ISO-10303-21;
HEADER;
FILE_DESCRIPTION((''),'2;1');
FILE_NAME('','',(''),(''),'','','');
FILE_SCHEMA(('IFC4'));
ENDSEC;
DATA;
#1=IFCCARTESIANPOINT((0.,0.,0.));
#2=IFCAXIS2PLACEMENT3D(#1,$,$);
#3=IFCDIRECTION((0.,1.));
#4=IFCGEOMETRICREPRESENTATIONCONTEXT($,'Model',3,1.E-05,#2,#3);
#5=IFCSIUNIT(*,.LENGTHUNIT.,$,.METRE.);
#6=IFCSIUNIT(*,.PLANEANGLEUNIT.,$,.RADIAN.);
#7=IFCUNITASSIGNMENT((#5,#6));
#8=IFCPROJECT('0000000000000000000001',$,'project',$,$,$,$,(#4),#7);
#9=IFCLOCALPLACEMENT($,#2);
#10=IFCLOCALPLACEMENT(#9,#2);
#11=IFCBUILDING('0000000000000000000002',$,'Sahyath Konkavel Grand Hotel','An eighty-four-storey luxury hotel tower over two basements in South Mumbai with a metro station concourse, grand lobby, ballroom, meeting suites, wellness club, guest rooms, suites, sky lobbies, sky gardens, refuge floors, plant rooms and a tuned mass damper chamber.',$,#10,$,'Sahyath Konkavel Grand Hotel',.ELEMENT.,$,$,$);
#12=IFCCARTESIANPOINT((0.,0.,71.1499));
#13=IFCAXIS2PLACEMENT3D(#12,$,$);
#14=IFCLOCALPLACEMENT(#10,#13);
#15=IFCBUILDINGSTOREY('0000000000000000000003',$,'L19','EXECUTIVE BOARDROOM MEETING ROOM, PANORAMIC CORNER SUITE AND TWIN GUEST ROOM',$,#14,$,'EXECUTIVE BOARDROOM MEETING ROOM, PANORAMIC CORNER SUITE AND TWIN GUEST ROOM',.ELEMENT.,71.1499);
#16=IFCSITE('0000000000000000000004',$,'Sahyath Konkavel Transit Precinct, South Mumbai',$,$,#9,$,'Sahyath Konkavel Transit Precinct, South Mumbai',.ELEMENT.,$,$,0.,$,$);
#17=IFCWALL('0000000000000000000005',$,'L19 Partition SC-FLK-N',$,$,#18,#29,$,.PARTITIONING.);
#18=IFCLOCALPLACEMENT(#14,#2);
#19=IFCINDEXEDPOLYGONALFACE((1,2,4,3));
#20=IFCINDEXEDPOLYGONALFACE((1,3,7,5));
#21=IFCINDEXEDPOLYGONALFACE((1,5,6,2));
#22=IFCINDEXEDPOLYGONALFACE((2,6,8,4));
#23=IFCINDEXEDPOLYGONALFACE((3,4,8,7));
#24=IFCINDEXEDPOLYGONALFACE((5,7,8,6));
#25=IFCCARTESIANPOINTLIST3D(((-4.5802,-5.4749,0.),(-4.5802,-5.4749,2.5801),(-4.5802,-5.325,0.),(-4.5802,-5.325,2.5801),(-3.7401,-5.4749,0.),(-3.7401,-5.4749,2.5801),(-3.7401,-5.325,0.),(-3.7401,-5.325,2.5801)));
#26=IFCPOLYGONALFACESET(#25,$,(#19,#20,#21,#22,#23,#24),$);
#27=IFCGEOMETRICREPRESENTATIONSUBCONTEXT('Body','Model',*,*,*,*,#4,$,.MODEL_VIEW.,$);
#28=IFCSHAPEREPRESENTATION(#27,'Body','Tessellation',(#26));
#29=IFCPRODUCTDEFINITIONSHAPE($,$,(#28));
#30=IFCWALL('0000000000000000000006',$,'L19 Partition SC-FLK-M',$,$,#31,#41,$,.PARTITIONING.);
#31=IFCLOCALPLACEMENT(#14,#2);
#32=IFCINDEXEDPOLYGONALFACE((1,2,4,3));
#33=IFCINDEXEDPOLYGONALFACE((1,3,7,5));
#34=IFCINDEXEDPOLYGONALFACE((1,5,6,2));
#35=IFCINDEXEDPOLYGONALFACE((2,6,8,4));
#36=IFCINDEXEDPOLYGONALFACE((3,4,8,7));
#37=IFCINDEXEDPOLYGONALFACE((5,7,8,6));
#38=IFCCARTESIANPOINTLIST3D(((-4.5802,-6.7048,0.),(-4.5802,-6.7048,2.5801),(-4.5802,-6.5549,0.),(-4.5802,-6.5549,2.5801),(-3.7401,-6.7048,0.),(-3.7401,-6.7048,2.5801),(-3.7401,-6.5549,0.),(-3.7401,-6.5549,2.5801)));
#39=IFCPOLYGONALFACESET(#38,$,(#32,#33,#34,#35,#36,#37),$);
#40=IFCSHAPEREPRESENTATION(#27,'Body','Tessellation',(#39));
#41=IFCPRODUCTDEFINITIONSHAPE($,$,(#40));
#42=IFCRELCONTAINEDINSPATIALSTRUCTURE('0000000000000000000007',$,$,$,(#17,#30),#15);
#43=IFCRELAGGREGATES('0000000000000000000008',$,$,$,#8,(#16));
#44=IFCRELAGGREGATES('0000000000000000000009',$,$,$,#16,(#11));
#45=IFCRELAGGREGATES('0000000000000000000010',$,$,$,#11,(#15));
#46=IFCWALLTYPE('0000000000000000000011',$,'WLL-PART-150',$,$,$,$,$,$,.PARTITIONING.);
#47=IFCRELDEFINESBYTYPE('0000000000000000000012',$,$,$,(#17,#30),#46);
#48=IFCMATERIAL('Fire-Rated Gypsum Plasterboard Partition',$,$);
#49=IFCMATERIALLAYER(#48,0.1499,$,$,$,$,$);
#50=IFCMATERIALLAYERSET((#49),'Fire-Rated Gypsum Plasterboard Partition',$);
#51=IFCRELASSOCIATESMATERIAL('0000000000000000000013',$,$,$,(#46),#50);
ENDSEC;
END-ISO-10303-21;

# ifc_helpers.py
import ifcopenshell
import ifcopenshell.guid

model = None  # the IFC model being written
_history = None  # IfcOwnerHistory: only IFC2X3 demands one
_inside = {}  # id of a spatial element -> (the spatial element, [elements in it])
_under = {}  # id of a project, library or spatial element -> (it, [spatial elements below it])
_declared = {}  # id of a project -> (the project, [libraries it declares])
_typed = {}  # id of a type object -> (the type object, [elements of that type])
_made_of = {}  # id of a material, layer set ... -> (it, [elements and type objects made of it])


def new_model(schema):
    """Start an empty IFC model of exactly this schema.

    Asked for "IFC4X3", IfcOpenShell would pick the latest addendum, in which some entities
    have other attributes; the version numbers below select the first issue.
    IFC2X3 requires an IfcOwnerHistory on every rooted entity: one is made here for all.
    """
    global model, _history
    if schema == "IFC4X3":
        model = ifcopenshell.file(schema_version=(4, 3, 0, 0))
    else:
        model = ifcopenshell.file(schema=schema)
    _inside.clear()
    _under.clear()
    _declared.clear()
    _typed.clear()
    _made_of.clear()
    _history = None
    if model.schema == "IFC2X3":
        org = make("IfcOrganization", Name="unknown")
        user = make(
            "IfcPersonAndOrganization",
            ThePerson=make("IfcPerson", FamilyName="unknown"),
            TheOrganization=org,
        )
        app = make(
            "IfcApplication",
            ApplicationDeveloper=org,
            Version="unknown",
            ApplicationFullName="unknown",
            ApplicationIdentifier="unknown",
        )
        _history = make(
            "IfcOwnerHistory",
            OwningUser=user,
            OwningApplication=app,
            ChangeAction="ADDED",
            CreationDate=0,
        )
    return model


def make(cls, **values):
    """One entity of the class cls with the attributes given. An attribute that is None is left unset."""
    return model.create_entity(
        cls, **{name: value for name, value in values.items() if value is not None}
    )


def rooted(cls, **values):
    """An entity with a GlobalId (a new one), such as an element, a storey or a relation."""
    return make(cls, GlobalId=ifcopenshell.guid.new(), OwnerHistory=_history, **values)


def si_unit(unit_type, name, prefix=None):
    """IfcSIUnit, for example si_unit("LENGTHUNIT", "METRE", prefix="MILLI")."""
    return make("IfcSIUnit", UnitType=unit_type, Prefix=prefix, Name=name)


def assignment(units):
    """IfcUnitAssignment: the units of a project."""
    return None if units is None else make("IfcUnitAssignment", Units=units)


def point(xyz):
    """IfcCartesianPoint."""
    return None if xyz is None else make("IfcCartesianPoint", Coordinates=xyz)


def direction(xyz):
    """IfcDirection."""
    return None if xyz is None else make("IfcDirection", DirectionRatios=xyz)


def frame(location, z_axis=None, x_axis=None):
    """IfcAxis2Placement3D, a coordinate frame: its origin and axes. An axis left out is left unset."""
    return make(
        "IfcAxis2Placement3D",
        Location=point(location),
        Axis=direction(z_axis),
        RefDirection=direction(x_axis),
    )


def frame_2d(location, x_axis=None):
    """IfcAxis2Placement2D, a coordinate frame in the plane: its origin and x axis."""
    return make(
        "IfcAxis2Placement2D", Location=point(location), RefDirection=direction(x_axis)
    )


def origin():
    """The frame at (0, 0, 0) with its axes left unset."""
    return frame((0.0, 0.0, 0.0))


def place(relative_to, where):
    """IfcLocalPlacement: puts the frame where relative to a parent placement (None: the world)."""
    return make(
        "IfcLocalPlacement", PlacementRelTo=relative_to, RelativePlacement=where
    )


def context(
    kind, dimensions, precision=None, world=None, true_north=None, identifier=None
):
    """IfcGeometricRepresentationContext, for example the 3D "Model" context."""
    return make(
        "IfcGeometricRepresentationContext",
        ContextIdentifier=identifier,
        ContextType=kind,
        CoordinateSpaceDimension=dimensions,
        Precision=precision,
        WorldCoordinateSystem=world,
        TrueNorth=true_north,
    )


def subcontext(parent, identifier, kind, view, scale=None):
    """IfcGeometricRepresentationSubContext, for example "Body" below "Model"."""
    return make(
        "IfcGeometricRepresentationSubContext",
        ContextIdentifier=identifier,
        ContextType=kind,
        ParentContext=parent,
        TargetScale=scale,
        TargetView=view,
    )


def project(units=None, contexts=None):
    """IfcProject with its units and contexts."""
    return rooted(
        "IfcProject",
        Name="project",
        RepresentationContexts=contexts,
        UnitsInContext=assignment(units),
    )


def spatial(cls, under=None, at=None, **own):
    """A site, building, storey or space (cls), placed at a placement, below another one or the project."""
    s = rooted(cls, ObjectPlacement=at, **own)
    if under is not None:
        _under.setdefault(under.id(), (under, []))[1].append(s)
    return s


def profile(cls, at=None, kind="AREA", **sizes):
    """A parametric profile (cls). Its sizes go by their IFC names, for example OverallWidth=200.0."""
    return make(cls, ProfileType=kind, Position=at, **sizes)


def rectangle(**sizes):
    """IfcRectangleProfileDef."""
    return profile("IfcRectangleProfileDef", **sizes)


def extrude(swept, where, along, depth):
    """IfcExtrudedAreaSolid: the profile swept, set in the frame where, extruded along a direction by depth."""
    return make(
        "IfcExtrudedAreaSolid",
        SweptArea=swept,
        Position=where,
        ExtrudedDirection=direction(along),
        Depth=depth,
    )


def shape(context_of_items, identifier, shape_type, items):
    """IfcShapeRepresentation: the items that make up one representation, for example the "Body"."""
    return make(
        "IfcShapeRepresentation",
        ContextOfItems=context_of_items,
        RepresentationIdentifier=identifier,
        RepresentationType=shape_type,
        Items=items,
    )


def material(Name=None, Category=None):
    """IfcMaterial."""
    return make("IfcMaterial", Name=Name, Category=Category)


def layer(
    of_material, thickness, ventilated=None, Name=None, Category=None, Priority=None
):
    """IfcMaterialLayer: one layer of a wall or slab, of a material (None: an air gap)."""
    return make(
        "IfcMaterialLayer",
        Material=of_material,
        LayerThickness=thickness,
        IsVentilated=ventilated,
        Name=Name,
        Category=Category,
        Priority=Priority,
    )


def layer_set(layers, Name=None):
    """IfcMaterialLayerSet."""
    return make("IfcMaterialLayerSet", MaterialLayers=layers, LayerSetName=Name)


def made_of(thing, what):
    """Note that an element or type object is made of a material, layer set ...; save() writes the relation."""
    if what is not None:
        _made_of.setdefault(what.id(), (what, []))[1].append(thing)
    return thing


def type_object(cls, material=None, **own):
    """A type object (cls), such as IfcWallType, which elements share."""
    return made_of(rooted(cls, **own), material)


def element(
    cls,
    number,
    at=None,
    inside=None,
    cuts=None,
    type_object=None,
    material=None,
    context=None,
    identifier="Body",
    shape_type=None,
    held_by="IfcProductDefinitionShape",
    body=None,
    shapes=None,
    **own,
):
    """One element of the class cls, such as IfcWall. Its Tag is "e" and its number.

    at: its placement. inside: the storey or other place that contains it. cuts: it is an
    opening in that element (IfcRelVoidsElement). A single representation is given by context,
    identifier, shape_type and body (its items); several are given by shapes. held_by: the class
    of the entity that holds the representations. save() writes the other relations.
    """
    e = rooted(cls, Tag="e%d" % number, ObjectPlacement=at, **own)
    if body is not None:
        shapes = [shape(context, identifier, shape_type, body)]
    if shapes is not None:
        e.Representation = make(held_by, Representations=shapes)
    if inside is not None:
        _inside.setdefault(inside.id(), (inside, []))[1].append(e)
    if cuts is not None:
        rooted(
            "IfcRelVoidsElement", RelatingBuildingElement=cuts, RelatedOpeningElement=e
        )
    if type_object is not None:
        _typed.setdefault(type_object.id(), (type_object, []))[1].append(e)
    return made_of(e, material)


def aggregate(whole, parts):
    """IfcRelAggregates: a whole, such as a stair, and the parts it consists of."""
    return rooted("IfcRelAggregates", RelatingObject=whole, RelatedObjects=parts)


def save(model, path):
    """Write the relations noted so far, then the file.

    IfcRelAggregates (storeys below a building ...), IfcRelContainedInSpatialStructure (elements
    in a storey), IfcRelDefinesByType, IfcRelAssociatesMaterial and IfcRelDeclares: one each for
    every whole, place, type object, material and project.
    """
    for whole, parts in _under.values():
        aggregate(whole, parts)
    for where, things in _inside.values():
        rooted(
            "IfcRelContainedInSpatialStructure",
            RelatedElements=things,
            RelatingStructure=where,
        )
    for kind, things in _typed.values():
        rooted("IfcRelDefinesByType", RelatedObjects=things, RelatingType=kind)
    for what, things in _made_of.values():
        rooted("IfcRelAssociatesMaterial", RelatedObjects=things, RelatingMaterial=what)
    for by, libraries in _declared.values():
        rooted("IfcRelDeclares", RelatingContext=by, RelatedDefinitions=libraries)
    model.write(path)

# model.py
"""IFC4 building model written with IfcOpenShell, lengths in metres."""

from ifc_helpers import new_model, si_unit, direction, frame, frame_2d, origin, place, context, subcontext, project, spatial, rectangle, extrude, material, layer, layer_set, type_object, element, save


model = new_model("IFC4")

# Units and contexts
model_context = context("Model", 3, precision=1e-05, world=origin(), true_north=direction((0.0, 1.0)))
body_context = subcontext(model_context, "Body", "Model", "MODEL_VIEW")
ifc_project = project(units=[si_unit("LENGTHUNIT", "METRE"), si_unit("PLANEANGLEUNIT", "RADIAN")], contexts=[model_context])

# Site, building, storey
site_placement = place(None, origin())
site = spatial("IfcSite", under=ifc_project, at=site_placement, Name="Sahyath Konkavel Transit Precinct, South Mumbai", LongName="Sahyath Konkavel Transit Precinct, South Mumbai", CompositionType="ELEMENT", RefElevation=0.0)
building_placement = place(site_placement, origin())
building = spatial("IfcBuilding", under=site, at=building_placement, Name="Sahyath Konkavel Grand Hotel", Description="An eighty-four-storey luxury hotel tower over two basements in South Mumbai with a metro station concourse, grand lobby, ballroom, meeting suites, wellness club, guest rooms, suites, sky lobbies, sky gardens, refuge floors, plant rooms and a tuned mass damper chamber.", LongName="Sahyath Konkavel Grand Hotel", CompositionType="ELEMENT")
storey_placement = place(building_placement, frame((0.0, 0.0, 71.1499)))
storey = spatial("IfcBuildingStorey", under=building, at=storey_placement, Name="L19", Description="EXECUTIVE BOARDROOM MEETING ROOM, PANORAMIC CORNER SUITE AND TWIN GUEST ROOM", LongName="EXECUTIVE BOARDROOM MEETING ROOM, PANORAMIC CORNER SUITE AND TWIN GUEST ROOM", CompositionType="ELEMENT", Elevation=71.1499)

# Walls
ifc_material_1 = material(Name="Fire-Rated Gypsum Plasterboard Partition")
ifc_layer_1 = layer(ifc_material_1, 0.1499)
ifc_layer_set_1 = layer_set([ifc_layer_1], Name="Fire-Rated Gypsum Plasterboard Partition")
wall_type_1 = type_object("IfcWallType", Name="WLL-PART-150", PredefinedType="PARTITIONING", material=ifc_layer_set_1)
for number, where, z_axis, x_axis, name in (
    (1, (-4.5801, -5.3999, 0.0), (0.0, 0.0, 1.0), (1.0, 0.0, 0.0), "L19 Partition SC-FLK-N"),
    (2, (-4.5801, -6.6299, 0.0), (0.0, 0.0, 1.0), (1.0, 0.0, 0.0), "L19 Partition SC-FLK-M"),
):
    element("IfcWall", number, at=place(storey_placement, frame(where, z_axis=z_axis, x_axis=x_axis)), inside=storey, type_object=wall_type_1, Name=name, PredefinedType="PARTITIONING", context=body_context, shape_type="SweptSolid", body=[
        extrude(rectangle(XDim=0.8401, YDim=0.1499, at=frame_2d((0.4199, 0.0))), origin(), (0.0, 0.0, 1.0), 2.5801),
    ])

save(model, "model.ifc")
